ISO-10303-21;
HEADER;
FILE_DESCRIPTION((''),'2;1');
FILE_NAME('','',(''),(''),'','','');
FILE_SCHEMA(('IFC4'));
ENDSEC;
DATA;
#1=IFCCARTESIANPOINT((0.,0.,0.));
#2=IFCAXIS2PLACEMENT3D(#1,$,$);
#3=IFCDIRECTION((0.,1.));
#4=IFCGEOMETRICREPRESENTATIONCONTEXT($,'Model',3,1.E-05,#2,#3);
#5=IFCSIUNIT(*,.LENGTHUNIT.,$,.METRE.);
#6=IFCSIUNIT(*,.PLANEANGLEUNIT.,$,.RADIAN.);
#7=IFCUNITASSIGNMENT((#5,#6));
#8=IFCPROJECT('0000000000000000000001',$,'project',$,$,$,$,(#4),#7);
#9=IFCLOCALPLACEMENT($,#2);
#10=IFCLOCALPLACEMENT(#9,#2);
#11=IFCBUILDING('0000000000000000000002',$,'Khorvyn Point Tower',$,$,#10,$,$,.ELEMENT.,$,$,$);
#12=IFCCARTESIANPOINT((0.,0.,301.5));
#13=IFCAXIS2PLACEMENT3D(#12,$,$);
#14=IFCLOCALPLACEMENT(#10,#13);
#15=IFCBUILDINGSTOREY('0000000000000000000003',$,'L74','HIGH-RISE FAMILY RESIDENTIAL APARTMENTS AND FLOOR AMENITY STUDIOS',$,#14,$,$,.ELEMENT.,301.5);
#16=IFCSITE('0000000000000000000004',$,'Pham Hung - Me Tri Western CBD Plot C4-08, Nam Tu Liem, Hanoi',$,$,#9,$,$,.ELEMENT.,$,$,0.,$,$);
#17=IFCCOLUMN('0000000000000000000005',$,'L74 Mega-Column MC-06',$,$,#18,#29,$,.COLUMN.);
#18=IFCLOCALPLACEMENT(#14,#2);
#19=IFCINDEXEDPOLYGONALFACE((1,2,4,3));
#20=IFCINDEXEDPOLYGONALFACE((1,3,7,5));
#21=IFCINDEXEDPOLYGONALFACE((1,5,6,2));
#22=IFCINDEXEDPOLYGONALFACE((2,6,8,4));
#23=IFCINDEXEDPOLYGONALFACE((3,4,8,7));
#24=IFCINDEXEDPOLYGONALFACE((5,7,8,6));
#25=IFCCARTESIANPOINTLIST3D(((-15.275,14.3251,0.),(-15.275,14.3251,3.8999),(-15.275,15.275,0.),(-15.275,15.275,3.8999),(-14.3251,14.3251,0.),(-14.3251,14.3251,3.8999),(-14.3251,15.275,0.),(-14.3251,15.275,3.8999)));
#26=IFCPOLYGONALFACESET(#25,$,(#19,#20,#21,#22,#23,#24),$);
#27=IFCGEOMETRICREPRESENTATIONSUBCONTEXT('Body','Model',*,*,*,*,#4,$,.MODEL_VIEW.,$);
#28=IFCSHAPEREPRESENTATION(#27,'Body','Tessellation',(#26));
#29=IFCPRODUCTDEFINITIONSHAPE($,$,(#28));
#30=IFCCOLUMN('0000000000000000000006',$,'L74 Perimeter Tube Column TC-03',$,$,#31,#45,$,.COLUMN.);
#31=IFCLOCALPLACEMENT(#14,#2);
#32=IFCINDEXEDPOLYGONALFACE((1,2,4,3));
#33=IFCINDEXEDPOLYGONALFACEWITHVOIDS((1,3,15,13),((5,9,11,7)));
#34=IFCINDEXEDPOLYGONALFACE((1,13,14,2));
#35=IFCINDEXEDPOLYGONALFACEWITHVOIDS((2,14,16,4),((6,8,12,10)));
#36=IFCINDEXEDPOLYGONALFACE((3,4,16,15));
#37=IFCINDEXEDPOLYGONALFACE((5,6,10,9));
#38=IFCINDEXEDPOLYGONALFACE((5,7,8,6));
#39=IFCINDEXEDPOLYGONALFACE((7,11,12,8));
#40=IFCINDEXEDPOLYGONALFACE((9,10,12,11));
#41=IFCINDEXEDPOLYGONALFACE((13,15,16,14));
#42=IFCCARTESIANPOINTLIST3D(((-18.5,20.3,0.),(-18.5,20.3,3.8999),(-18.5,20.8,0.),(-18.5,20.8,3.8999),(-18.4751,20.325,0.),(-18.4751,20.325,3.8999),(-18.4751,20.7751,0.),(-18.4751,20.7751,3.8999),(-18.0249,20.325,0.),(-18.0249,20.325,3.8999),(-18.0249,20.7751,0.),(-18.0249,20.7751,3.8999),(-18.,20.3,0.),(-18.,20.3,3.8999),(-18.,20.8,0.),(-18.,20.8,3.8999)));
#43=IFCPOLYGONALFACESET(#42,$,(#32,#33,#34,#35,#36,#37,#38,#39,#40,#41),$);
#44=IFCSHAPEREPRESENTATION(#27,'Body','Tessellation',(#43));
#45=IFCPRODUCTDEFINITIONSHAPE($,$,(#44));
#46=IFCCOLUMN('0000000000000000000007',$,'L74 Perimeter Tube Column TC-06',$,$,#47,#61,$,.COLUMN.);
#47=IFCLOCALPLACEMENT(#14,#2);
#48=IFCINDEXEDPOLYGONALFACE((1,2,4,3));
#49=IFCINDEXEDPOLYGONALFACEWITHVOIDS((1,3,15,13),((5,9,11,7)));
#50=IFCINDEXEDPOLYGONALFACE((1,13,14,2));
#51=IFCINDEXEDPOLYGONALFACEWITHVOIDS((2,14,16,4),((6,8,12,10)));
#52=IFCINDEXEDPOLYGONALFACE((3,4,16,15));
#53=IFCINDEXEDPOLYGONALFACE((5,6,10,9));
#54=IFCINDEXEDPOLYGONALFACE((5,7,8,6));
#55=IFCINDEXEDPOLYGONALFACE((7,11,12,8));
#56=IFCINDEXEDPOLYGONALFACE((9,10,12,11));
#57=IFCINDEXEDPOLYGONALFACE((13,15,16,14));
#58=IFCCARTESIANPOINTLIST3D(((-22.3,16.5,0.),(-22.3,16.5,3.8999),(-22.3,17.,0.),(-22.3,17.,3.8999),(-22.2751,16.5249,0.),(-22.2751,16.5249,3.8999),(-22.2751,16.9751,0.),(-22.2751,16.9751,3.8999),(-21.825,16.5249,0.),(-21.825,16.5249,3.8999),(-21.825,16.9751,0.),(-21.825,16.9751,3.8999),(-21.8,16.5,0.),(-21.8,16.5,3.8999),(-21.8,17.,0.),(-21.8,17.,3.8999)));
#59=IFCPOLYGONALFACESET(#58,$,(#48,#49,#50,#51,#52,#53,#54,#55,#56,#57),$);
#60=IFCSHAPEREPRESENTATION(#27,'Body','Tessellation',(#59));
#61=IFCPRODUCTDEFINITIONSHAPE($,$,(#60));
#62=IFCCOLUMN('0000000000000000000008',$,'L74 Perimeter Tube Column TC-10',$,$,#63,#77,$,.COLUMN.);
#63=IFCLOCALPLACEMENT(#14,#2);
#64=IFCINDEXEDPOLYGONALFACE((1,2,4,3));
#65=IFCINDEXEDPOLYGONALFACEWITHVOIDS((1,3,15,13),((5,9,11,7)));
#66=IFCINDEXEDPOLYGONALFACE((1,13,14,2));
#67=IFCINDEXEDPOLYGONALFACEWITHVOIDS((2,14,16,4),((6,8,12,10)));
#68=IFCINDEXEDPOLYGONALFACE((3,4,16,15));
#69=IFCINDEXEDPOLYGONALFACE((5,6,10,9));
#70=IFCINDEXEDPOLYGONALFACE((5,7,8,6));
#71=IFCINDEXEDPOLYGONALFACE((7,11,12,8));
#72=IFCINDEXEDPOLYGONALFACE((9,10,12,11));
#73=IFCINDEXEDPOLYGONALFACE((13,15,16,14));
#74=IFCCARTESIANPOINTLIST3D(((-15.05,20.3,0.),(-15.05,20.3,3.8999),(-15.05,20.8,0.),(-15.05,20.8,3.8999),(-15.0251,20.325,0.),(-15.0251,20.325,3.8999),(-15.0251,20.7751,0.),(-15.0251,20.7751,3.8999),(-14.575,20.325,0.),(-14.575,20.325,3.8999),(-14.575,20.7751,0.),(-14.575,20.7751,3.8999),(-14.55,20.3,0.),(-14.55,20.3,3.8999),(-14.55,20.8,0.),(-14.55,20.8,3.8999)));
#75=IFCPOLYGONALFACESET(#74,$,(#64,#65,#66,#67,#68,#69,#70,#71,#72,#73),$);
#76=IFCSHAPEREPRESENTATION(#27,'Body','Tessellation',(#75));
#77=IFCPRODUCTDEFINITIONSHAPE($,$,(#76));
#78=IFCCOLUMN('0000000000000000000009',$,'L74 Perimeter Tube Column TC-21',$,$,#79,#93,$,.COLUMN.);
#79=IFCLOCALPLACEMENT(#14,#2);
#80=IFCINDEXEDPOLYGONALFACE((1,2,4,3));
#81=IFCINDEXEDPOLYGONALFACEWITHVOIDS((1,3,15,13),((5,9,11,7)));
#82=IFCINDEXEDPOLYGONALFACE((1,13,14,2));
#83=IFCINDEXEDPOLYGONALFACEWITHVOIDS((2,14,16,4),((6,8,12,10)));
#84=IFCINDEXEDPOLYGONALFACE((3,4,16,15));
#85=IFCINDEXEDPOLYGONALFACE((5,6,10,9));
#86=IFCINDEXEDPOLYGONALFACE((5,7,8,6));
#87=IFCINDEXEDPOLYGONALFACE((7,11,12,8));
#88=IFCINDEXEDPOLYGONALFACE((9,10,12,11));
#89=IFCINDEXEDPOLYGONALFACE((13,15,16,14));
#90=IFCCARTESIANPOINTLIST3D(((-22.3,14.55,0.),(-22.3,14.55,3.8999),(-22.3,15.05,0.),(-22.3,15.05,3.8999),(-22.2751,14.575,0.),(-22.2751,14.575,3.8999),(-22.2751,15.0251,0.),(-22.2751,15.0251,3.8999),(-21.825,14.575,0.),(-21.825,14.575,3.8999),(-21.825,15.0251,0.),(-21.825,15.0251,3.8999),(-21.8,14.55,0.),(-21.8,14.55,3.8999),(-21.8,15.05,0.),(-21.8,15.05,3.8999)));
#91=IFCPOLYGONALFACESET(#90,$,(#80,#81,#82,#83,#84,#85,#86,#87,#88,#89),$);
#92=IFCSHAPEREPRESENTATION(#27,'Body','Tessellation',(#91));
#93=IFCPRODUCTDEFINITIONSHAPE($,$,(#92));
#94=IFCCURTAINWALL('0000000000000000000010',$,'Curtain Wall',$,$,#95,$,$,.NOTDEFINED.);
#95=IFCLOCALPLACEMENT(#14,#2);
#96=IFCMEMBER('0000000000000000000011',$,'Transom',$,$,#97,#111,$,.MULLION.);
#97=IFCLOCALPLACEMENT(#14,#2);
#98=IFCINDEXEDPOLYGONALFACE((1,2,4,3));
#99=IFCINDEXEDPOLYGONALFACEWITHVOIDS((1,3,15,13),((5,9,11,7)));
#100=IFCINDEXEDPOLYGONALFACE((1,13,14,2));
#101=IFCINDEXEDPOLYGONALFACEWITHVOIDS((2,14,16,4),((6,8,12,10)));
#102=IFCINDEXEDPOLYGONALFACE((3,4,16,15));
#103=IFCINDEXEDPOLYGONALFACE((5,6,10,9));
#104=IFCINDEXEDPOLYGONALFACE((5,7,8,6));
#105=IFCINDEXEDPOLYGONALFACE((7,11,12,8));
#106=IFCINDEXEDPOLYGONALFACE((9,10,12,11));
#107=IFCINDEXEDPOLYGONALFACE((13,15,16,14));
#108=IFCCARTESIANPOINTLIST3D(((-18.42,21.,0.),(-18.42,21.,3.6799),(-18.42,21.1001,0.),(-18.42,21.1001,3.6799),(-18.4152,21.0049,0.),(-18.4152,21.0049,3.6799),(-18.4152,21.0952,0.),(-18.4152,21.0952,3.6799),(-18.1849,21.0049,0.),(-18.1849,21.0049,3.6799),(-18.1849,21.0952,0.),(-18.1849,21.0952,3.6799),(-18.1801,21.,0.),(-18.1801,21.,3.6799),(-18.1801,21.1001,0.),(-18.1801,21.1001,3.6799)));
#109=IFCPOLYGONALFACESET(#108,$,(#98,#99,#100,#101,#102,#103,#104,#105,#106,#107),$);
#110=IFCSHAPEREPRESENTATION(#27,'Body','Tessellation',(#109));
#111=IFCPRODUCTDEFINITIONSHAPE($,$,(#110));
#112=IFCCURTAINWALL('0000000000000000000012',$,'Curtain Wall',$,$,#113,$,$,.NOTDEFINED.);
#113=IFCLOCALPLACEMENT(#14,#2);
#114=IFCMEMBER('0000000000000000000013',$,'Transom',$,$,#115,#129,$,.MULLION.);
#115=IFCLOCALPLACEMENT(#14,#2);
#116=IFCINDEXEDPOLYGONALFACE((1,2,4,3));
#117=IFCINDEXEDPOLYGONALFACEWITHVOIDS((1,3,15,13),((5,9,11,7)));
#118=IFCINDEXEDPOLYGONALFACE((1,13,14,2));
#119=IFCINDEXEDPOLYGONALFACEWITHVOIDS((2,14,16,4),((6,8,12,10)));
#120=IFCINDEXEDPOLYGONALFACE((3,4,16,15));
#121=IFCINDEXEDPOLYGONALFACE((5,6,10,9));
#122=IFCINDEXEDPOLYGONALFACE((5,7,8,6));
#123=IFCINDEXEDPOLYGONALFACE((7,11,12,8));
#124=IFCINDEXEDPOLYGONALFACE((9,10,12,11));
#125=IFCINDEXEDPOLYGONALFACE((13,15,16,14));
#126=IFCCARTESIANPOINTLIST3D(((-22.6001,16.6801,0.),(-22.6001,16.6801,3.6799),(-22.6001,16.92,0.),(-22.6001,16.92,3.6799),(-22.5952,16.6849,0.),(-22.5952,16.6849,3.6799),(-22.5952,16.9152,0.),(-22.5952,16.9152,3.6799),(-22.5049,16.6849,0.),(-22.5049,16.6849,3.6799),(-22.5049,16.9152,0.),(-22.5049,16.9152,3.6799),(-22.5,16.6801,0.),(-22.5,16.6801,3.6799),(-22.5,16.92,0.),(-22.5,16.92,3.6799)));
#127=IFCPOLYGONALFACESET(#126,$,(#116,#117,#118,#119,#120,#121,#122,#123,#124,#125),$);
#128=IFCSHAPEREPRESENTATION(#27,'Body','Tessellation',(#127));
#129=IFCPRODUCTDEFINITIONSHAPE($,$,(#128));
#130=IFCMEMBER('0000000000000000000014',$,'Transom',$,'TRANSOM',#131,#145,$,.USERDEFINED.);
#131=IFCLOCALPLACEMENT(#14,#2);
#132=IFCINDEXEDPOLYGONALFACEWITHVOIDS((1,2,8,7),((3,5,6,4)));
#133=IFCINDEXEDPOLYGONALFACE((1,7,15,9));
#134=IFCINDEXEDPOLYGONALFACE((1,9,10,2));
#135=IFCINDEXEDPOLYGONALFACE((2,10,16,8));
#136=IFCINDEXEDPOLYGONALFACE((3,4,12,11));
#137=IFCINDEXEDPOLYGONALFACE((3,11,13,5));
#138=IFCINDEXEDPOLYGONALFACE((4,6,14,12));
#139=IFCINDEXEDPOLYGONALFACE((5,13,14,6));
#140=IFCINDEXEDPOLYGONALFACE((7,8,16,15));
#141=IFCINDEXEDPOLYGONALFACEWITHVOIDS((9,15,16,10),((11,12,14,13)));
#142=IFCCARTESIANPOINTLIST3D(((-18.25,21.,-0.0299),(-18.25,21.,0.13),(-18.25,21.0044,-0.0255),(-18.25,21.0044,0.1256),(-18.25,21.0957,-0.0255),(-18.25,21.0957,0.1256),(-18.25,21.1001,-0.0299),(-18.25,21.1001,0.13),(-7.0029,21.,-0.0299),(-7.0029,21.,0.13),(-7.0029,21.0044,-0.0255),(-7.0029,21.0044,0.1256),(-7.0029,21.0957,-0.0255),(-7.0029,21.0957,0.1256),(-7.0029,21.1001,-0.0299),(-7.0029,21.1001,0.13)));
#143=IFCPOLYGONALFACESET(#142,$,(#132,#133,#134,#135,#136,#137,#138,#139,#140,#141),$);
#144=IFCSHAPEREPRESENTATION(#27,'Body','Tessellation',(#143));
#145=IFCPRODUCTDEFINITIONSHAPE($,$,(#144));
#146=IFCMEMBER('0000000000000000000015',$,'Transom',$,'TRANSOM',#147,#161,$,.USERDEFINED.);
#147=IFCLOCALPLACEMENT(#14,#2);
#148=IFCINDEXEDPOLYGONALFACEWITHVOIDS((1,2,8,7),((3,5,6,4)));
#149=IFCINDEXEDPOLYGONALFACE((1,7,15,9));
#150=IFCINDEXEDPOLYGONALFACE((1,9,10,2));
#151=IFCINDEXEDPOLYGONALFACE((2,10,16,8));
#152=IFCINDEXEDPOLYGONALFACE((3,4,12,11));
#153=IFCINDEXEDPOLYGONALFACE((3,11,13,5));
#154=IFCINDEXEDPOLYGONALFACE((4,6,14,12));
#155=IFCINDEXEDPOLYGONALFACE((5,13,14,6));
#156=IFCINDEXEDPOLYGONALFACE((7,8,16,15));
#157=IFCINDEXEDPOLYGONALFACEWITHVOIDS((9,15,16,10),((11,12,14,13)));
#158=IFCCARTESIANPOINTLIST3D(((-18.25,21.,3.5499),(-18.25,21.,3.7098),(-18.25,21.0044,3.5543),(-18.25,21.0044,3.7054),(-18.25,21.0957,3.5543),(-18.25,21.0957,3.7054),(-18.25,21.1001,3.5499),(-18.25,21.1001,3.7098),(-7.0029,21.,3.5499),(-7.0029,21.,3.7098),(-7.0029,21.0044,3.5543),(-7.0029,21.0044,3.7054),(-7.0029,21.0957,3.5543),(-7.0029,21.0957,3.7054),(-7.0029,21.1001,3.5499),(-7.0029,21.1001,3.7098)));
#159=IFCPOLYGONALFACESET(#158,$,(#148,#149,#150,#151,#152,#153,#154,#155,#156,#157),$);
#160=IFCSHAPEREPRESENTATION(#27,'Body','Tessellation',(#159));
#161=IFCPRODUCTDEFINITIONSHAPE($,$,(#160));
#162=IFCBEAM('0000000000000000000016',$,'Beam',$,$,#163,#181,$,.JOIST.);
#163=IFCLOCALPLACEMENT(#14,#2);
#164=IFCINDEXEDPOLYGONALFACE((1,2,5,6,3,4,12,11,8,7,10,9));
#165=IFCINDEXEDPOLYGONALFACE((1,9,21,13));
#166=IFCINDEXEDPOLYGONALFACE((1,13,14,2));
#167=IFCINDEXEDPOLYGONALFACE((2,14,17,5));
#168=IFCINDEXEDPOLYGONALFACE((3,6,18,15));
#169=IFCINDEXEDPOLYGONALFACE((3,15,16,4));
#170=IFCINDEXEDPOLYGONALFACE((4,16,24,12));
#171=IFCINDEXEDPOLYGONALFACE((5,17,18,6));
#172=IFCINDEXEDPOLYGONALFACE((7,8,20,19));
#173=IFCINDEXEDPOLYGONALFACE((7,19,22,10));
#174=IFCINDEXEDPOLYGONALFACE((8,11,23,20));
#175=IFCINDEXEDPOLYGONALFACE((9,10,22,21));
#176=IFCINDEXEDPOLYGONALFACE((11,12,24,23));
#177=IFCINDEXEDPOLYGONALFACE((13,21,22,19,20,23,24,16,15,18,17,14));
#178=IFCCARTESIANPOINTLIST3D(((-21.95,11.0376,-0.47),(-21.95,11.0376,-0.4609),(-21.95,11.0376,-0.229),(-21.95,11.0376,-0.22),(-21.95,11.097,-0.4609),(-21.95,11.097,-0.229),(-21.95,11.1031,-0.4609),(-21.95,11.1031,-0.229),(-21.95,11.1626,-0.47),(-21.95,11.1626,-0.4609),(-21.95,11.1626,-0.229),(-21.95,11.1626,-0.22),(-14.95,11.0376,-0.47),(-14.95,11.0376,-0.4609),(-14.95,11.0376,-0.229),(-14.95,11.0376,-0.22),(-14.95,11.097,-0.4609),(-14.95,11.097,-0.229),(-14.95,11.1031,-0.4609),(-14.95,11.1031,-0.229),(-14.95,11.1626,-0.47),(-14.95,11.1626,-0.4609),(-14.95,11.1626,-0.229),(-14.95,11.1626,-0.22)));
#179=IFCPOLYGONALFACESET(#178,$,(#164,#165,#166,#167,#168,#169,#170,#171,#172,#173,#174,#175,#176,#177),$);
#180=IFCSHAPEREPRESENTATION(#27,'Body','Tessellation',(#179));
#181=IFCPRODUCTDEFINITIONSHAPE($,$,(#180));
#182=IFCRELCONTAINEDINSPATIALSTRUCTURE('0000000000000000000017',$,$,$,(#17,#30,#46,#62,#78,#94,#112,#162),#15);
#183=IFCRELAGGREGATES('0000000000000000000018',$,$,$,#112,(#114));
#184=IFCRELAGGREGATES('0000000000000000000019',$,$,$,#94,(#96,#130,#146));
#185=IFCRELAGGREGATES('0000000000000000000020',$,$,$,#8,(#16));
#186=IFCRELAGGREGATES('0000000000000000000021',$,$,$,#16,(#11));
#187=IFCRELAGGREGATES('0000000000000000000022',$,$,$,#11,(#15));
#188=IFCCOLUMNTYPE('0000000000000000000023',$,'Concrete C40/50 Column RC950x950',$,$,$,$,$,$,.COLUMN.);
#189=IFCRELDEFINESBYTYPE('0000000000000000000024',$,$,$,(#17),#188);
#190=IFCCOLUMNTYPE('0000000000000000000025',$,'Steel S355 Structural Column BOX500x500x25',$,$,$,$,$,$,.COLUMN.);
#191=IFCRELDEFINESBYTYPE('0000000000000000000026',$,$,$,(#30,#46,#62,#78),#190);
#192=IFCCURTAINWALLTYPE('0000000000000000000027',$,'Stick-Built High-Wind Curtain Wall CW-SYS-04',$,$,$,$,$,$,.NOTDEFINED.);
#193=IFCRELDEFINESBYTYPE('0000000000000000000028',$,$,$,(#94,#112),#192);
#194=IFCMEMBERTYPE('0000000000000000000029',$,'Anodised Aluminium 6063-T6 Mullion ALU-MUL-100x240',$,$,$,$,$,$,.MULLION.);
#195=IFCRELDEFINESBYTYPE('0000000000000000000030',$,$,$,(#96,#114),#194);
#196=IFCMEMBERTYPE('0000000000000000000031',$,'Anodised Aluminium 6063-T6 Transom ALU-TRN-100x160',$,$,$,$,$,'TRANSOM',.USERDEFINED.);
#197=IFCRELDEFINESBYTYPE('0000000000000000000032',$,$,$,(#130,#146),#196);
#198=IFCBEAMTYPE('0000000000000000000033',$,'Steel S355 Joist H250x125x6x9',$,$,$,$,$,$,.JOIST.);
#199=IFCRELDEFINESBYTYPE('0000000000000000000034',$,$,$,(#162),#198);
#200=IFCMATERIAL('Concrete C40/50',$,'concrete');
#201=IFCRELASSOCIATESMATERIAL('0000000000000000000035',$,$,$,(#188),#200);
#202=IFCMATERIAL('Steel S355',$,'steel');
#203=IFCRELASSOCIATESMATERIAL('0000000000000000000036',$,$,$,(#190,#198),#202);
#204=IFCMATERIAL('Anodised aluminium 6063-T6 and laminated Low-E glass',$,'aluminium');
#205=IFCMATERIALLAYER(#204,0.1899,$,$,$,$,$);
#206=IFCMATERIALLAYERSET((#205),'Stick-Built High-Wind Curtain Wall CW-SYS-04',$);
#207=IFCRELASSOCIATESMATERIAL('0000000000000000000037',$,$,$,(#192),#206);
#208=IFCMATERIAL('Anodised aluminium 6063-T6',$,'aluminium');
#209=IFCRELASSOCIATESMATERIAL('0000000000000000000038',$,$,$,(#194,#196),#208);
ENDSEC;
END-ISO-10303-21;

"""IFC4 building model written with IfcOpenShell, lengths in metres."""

from ifc_helpers import new_model, si_unit, direction, frame, origin, origin_2d, place, context, subcontext, project, spatial, rectangle, hollow_rectangle, i_section, extrude, material, layer, layer_set, material_profile, profile_set, type_object, element, aggregate, save


model = new_model("IFC4")

# Units and contexts
model_context = context("Model", 3, precision=1e-05, world=origin(), true_north=direction((0.0, 1.0)))
body_context = subcontext(model_context, "Body", "Model", "MODEL_VIEW")
ifc_project = project(units=[si_unit("LENGTHUNIT", "METRE"), si_unit("PLANEANGLEUNIT", "RADIAN")], contexts=[model_context])

# Site, building, storey
site_placement = place(None, origin())
site = spatial("IfcSite", under=ifc_project, at=site_placement, Name="Pham Hung - Me Tri Western CBD Plot C4-08, Nam Tu Liem, Hanoi", CompositionType="ELEMENT", RefElevation=0.0)
building_placement = place(site_placement, origin())
building = spatial("IfcBuilding", under=site, at=building_placement, Name="Khorvyn Point Tower", CompositionType="ELEMENT")
storey_placement = place(building_placement, frame((0.0, 0.0, 301.5)))
storey = spatial("IfcBuildingStorey", under=building, at=storey_placement, Name="L74", Description="HIGH-RISE FAMILY RESIDENTIAL APARTMENTS AND FLOOR AMENITY STUDIOS", CompositionType="ELEMENT", Elevation=301.5)

# Columns
ifc_material_1 = material(Name="Concrete C40/50", Category="concrete")
ifc_material_profile_1 = material_profile(ifc_material_1, rectangle(XDim=0.95, YDim=0.95, at=origin_2d()))
ifc_profile_set_1 = profile_set([ifc_material_profile_1], Name="Concrete C40/50 RC950x950")
column_type_1 = type_object("IfcColumnType", Name="Concrete C40/50 Column RC950x950", PredefinedType="COLUMN", material=ifc_profile_set_1)
column_placement = place(storey_placement, frame((-14.8, 14.8, 0.0), z_axis=(0.0, 0.0, 1.0), x_axis=(1.0, 0.0, 0.0)))
element("IfcColumn", 1, at=column_placement, inside=storey, type_object=column_type_1, Name="L74 Mega-Column MC-06", PredefinedType="COLUMN", context=body_context, shape_type="SweptSolid", body=[
    extrude(rectangle(XDim=0.95, YDim=0.95, at=origin_2d()), origin(), (0.0, 0.0, 1.0), 3.8999),
])
ifc_material_2 = material(Name="Steel S355", Category="steel")
ifc_material_profile_2 = material_profile(ifc_material_2, hollow_rectangle(XDim=0.5, YDim=0.5, WallThickness=0.0249, at=origin_2d()))
ifc_profile_set_2 = profile_set([ifc_material_profile_2], Name="Steel S355 BOX500x500x25")
column_type_2 = type_object("IfcColumnType", Name="Steel S355 Structural Column BOX500x500x25", PredefinedType="COLUMN", material=ifc_profile_set_2)
for number, where, z_axis, x_axis, name in (
    (2, (-18.25, 20.55, 0.0), (0.0, 0.0, 1.0), (1.0, 0.0, 0.0), "L74 Perimeter Tube Column TC-03"),
    (3, (-22.05, 16.75, 0.0), (0.0, 0.0, 1.0), (1.0, 0.0, 0.0), "L74 Perimeter Tube Column TC-06"),
    (4, (-14.8, 20.55, 0.0), (0.0, 0.0, 1.0), (1.0, 0.0, 0.0), "L74 Perimeter Tube Column TC-10"),
    (5, (-22.05, 14.8, 0.0), (0.0, 0.0, 1.0), (1.0, 0.0, 0.0), "L74 Perimeter Tube Column TC-21"),
):
    element("IfcColumn", number, at=place(storey_placement, frame(where, z_axis=z_axis, x_axis=x_axis)), inside=storey, type_object=column_type_2, Name=name, PredefinedType="COLUMN", context=body_context, shape_type="SweptSolid", body=[
        extrude(hollow_rectangle(XDim=0.5, YDim=0.5, WallThickness=0.0249, at=origin_2d()), origin(), (0.0, 0.0, 1.0), 3.8999),
    ])

# Curtain walls, members
ifc_material_3 = material(Name="Anodised aluminium 6063-T6 and laminated Low-E glass", Category="aluminium")
ifc_layer_1 = layer(ifc_material_3, 0.1899)
ifc_layer_set_1 = layer_set([ifc_layer_1], Name="Stick-Built High-Wind Curtain Wall CW-SYS-04")
curtain_wall_type = type_object("IfcCurtainWallType", Name="Stick-Built High-Wind Curtain Wall CW-SYS-04", PredefinedType="NOTDEFINED", material=ifc_layer_set_1)
curtain_wall_1_placement = place(storey_placement, origin())
curtain_wall_1 = element("IfcCurtainWall", 6, at=curtain_wall_1_placement, inside=storey, type_object=curtain_wall_type, Name="Curtain Wall", PredefinedType="NOTDEFINED")
ifc_material_4 = material(Name="Anodised aluminium 6063-T6", Category="aluminium")
ifc_material_profile_3 = material_profile(ifc_material_4, hollow_rectangle(XDim=0.1001, YDim=0.24, WallThickness=0.0049, at=origin_2d()))
ifc_profile_set_3 = profile_set([ifc_material_profile_3], Name="Anodised aluminium 6063-T6 ALU-MUL-100x240")
member_type_1 = type_object("IfcMemberType", Name="Anodised Aluminium 6063-T6 Mullion ALU-MUL-100x240", PredefinedType="MULLION", material=ifc_profile_set_3)
member_1_placement = place(storey_placement, frame((-18.3, 21.05, 0.0), z_axis=(0.0, 0.0, 1.0), x_axis=(0.0, 1.0, 0.0)))
member_1 = element("IfcMember", 7, at=member_1_placement, type_object=member_type_1, Name="Transom", PredefinedType="MULLION", context=body_context, shape_type="SweptSolid", body=[
    extrude(hollow_rectangle(XDim=0.1001, YDim=0.24, WallThickness=0.0049, at=origin_2d()), origin(), (0.0, 0.0, 1.0), 3.6799),
])
curtain_wall_2_placement = place(storey_placement, origin())
curtain_wall_2 = element("IfcCurtainWall", 8, at=curtain_wall_2_placement, inside=storey, type_object=curtain_wall_type, Name="Curtain Wall", PredefinedType="NOTDEFINED")
member_2_placement = place(storey_placement, frame((-22.55, 16.8, 0.0), z_axis=(0.0, 0.0, 1.0), x_axis=(-1.0, 0.0, 0.0)))
member_2 = element("IfcMember", 9, at=member_2_placement, type_object=member_type_1, Name="Transom", PredefinedType="MULLION", context=body_context, shape_type="SweptSolid", body=[
    extrude(hollow_rectangle(XDim=0.1001, YDim=0.24, WallThickness=0.0049, at=origin_2d()), origin(), (0.0, 0.0, 1.0), 3.6799),
])
aggregate(curtain_wall_2, [member_2])

# Members
ifc_material_profile_4 = material_profile(ifc_material_4, hollow_rectangle(XDim=0.1001, YDim=0.1599, WallThickness=0.0044, at=origin_2d()))
ifc_profile_set_4 = profile_set([ifc_material_profile_4], Name="Anodised aluminium 6063-T6 ALU-TRN-100x160")
member_type_2 = type_object("IfcMemberType", Name="Anodised Aluminium 6063-T6 Transom ALU-TRN-100x160", ElementType="TRANSOM", PredefinedType="USERDEFINED", material=ifc_profile_set_4)
member_3_placement = place(storey_placement, frame((-18.25, 21.05, 0.05), z_axis=(1.0, 0.0, 0.0), x_axis=(0.0, 1.0, 0.0)))
member_3 = element("IfcMember", 10, at=member_3_placement, type_object=member_type_2, Name="Transom", ObjectType="TRANSOM", PredefinedType="USERDEFINED", context=body_context, shape_type="SweptSolid", body=[
    extrude(hollow_rectangle(XDim=0.1001, YDim=0.1599, WallThickness=0.0044, at=origin_2d()), origin(), (0.0, 0.0, 1.0), 11.2471),
])
member_4_placement = place(storey_placement, frame((-18.25, 21.05, 3.6299), z_axis=(1.0, 0.0, 0.0), x_axis=(0.0, 1.0, 0.0)))
member_4 = element("IfcMember", 11, at=member_4_placement, type_object=member_type_2, Name="Transom", ObjectType="TRANSOM", PredefinedType="USERDEFINED", context=body_context, shape_type="SweptSolid", body=[
    extrude(hollow_rectangle(XDim=0.1001, YDim=0.1599, WallThickness=0.0044, at=origin_2d()), origin(), (0.0, 0.0, 1.0), 11.2471),
])
aggregate(curtain_wall_1, [member_1, member_3, member_4])

# Beam
ifc_material_profile_5 = material_profile(ifc_material_2, i_section(OverallWidth=0.125, OverallDepth=0.25, WebThickness=0.0061, FlangeThickness=0.009, at=origin_2d()))
ifc_profile_set_5 = profile_set([ifc_material_profile_5], Name="Steel S355 H250x125x6x9")
beam_type_1 = type_object("IfcBeamType", Name="Steel S355 Joist H250x125x6x9", PredefinedType="JOIST", material=ifc_profile_set_5)
beam_1_placement = place(storey_placement, frame((-21.95, 11.1001, -0.345), z_axis=(1.0, 0.0, 0.0), x_axis=(0.0, 1.0, 0.0)))
element("IfcBeam", 12, at=beam_1_placement, inside=storey, type_object=beam_type_1, Name="Beam", PredefinedType="JOIST", context=body_context, shape_type="SweptSolid", body=[
    extrude(i_section(OverallWidth=0.125, OverallDepth=0.25, WebThickness=0.0061, FlangeThickness=0.009, at=origin_2d()), origin(), (0.0, 0.0, 1.0), 7.0),
])

save(model, "model.ifc")
